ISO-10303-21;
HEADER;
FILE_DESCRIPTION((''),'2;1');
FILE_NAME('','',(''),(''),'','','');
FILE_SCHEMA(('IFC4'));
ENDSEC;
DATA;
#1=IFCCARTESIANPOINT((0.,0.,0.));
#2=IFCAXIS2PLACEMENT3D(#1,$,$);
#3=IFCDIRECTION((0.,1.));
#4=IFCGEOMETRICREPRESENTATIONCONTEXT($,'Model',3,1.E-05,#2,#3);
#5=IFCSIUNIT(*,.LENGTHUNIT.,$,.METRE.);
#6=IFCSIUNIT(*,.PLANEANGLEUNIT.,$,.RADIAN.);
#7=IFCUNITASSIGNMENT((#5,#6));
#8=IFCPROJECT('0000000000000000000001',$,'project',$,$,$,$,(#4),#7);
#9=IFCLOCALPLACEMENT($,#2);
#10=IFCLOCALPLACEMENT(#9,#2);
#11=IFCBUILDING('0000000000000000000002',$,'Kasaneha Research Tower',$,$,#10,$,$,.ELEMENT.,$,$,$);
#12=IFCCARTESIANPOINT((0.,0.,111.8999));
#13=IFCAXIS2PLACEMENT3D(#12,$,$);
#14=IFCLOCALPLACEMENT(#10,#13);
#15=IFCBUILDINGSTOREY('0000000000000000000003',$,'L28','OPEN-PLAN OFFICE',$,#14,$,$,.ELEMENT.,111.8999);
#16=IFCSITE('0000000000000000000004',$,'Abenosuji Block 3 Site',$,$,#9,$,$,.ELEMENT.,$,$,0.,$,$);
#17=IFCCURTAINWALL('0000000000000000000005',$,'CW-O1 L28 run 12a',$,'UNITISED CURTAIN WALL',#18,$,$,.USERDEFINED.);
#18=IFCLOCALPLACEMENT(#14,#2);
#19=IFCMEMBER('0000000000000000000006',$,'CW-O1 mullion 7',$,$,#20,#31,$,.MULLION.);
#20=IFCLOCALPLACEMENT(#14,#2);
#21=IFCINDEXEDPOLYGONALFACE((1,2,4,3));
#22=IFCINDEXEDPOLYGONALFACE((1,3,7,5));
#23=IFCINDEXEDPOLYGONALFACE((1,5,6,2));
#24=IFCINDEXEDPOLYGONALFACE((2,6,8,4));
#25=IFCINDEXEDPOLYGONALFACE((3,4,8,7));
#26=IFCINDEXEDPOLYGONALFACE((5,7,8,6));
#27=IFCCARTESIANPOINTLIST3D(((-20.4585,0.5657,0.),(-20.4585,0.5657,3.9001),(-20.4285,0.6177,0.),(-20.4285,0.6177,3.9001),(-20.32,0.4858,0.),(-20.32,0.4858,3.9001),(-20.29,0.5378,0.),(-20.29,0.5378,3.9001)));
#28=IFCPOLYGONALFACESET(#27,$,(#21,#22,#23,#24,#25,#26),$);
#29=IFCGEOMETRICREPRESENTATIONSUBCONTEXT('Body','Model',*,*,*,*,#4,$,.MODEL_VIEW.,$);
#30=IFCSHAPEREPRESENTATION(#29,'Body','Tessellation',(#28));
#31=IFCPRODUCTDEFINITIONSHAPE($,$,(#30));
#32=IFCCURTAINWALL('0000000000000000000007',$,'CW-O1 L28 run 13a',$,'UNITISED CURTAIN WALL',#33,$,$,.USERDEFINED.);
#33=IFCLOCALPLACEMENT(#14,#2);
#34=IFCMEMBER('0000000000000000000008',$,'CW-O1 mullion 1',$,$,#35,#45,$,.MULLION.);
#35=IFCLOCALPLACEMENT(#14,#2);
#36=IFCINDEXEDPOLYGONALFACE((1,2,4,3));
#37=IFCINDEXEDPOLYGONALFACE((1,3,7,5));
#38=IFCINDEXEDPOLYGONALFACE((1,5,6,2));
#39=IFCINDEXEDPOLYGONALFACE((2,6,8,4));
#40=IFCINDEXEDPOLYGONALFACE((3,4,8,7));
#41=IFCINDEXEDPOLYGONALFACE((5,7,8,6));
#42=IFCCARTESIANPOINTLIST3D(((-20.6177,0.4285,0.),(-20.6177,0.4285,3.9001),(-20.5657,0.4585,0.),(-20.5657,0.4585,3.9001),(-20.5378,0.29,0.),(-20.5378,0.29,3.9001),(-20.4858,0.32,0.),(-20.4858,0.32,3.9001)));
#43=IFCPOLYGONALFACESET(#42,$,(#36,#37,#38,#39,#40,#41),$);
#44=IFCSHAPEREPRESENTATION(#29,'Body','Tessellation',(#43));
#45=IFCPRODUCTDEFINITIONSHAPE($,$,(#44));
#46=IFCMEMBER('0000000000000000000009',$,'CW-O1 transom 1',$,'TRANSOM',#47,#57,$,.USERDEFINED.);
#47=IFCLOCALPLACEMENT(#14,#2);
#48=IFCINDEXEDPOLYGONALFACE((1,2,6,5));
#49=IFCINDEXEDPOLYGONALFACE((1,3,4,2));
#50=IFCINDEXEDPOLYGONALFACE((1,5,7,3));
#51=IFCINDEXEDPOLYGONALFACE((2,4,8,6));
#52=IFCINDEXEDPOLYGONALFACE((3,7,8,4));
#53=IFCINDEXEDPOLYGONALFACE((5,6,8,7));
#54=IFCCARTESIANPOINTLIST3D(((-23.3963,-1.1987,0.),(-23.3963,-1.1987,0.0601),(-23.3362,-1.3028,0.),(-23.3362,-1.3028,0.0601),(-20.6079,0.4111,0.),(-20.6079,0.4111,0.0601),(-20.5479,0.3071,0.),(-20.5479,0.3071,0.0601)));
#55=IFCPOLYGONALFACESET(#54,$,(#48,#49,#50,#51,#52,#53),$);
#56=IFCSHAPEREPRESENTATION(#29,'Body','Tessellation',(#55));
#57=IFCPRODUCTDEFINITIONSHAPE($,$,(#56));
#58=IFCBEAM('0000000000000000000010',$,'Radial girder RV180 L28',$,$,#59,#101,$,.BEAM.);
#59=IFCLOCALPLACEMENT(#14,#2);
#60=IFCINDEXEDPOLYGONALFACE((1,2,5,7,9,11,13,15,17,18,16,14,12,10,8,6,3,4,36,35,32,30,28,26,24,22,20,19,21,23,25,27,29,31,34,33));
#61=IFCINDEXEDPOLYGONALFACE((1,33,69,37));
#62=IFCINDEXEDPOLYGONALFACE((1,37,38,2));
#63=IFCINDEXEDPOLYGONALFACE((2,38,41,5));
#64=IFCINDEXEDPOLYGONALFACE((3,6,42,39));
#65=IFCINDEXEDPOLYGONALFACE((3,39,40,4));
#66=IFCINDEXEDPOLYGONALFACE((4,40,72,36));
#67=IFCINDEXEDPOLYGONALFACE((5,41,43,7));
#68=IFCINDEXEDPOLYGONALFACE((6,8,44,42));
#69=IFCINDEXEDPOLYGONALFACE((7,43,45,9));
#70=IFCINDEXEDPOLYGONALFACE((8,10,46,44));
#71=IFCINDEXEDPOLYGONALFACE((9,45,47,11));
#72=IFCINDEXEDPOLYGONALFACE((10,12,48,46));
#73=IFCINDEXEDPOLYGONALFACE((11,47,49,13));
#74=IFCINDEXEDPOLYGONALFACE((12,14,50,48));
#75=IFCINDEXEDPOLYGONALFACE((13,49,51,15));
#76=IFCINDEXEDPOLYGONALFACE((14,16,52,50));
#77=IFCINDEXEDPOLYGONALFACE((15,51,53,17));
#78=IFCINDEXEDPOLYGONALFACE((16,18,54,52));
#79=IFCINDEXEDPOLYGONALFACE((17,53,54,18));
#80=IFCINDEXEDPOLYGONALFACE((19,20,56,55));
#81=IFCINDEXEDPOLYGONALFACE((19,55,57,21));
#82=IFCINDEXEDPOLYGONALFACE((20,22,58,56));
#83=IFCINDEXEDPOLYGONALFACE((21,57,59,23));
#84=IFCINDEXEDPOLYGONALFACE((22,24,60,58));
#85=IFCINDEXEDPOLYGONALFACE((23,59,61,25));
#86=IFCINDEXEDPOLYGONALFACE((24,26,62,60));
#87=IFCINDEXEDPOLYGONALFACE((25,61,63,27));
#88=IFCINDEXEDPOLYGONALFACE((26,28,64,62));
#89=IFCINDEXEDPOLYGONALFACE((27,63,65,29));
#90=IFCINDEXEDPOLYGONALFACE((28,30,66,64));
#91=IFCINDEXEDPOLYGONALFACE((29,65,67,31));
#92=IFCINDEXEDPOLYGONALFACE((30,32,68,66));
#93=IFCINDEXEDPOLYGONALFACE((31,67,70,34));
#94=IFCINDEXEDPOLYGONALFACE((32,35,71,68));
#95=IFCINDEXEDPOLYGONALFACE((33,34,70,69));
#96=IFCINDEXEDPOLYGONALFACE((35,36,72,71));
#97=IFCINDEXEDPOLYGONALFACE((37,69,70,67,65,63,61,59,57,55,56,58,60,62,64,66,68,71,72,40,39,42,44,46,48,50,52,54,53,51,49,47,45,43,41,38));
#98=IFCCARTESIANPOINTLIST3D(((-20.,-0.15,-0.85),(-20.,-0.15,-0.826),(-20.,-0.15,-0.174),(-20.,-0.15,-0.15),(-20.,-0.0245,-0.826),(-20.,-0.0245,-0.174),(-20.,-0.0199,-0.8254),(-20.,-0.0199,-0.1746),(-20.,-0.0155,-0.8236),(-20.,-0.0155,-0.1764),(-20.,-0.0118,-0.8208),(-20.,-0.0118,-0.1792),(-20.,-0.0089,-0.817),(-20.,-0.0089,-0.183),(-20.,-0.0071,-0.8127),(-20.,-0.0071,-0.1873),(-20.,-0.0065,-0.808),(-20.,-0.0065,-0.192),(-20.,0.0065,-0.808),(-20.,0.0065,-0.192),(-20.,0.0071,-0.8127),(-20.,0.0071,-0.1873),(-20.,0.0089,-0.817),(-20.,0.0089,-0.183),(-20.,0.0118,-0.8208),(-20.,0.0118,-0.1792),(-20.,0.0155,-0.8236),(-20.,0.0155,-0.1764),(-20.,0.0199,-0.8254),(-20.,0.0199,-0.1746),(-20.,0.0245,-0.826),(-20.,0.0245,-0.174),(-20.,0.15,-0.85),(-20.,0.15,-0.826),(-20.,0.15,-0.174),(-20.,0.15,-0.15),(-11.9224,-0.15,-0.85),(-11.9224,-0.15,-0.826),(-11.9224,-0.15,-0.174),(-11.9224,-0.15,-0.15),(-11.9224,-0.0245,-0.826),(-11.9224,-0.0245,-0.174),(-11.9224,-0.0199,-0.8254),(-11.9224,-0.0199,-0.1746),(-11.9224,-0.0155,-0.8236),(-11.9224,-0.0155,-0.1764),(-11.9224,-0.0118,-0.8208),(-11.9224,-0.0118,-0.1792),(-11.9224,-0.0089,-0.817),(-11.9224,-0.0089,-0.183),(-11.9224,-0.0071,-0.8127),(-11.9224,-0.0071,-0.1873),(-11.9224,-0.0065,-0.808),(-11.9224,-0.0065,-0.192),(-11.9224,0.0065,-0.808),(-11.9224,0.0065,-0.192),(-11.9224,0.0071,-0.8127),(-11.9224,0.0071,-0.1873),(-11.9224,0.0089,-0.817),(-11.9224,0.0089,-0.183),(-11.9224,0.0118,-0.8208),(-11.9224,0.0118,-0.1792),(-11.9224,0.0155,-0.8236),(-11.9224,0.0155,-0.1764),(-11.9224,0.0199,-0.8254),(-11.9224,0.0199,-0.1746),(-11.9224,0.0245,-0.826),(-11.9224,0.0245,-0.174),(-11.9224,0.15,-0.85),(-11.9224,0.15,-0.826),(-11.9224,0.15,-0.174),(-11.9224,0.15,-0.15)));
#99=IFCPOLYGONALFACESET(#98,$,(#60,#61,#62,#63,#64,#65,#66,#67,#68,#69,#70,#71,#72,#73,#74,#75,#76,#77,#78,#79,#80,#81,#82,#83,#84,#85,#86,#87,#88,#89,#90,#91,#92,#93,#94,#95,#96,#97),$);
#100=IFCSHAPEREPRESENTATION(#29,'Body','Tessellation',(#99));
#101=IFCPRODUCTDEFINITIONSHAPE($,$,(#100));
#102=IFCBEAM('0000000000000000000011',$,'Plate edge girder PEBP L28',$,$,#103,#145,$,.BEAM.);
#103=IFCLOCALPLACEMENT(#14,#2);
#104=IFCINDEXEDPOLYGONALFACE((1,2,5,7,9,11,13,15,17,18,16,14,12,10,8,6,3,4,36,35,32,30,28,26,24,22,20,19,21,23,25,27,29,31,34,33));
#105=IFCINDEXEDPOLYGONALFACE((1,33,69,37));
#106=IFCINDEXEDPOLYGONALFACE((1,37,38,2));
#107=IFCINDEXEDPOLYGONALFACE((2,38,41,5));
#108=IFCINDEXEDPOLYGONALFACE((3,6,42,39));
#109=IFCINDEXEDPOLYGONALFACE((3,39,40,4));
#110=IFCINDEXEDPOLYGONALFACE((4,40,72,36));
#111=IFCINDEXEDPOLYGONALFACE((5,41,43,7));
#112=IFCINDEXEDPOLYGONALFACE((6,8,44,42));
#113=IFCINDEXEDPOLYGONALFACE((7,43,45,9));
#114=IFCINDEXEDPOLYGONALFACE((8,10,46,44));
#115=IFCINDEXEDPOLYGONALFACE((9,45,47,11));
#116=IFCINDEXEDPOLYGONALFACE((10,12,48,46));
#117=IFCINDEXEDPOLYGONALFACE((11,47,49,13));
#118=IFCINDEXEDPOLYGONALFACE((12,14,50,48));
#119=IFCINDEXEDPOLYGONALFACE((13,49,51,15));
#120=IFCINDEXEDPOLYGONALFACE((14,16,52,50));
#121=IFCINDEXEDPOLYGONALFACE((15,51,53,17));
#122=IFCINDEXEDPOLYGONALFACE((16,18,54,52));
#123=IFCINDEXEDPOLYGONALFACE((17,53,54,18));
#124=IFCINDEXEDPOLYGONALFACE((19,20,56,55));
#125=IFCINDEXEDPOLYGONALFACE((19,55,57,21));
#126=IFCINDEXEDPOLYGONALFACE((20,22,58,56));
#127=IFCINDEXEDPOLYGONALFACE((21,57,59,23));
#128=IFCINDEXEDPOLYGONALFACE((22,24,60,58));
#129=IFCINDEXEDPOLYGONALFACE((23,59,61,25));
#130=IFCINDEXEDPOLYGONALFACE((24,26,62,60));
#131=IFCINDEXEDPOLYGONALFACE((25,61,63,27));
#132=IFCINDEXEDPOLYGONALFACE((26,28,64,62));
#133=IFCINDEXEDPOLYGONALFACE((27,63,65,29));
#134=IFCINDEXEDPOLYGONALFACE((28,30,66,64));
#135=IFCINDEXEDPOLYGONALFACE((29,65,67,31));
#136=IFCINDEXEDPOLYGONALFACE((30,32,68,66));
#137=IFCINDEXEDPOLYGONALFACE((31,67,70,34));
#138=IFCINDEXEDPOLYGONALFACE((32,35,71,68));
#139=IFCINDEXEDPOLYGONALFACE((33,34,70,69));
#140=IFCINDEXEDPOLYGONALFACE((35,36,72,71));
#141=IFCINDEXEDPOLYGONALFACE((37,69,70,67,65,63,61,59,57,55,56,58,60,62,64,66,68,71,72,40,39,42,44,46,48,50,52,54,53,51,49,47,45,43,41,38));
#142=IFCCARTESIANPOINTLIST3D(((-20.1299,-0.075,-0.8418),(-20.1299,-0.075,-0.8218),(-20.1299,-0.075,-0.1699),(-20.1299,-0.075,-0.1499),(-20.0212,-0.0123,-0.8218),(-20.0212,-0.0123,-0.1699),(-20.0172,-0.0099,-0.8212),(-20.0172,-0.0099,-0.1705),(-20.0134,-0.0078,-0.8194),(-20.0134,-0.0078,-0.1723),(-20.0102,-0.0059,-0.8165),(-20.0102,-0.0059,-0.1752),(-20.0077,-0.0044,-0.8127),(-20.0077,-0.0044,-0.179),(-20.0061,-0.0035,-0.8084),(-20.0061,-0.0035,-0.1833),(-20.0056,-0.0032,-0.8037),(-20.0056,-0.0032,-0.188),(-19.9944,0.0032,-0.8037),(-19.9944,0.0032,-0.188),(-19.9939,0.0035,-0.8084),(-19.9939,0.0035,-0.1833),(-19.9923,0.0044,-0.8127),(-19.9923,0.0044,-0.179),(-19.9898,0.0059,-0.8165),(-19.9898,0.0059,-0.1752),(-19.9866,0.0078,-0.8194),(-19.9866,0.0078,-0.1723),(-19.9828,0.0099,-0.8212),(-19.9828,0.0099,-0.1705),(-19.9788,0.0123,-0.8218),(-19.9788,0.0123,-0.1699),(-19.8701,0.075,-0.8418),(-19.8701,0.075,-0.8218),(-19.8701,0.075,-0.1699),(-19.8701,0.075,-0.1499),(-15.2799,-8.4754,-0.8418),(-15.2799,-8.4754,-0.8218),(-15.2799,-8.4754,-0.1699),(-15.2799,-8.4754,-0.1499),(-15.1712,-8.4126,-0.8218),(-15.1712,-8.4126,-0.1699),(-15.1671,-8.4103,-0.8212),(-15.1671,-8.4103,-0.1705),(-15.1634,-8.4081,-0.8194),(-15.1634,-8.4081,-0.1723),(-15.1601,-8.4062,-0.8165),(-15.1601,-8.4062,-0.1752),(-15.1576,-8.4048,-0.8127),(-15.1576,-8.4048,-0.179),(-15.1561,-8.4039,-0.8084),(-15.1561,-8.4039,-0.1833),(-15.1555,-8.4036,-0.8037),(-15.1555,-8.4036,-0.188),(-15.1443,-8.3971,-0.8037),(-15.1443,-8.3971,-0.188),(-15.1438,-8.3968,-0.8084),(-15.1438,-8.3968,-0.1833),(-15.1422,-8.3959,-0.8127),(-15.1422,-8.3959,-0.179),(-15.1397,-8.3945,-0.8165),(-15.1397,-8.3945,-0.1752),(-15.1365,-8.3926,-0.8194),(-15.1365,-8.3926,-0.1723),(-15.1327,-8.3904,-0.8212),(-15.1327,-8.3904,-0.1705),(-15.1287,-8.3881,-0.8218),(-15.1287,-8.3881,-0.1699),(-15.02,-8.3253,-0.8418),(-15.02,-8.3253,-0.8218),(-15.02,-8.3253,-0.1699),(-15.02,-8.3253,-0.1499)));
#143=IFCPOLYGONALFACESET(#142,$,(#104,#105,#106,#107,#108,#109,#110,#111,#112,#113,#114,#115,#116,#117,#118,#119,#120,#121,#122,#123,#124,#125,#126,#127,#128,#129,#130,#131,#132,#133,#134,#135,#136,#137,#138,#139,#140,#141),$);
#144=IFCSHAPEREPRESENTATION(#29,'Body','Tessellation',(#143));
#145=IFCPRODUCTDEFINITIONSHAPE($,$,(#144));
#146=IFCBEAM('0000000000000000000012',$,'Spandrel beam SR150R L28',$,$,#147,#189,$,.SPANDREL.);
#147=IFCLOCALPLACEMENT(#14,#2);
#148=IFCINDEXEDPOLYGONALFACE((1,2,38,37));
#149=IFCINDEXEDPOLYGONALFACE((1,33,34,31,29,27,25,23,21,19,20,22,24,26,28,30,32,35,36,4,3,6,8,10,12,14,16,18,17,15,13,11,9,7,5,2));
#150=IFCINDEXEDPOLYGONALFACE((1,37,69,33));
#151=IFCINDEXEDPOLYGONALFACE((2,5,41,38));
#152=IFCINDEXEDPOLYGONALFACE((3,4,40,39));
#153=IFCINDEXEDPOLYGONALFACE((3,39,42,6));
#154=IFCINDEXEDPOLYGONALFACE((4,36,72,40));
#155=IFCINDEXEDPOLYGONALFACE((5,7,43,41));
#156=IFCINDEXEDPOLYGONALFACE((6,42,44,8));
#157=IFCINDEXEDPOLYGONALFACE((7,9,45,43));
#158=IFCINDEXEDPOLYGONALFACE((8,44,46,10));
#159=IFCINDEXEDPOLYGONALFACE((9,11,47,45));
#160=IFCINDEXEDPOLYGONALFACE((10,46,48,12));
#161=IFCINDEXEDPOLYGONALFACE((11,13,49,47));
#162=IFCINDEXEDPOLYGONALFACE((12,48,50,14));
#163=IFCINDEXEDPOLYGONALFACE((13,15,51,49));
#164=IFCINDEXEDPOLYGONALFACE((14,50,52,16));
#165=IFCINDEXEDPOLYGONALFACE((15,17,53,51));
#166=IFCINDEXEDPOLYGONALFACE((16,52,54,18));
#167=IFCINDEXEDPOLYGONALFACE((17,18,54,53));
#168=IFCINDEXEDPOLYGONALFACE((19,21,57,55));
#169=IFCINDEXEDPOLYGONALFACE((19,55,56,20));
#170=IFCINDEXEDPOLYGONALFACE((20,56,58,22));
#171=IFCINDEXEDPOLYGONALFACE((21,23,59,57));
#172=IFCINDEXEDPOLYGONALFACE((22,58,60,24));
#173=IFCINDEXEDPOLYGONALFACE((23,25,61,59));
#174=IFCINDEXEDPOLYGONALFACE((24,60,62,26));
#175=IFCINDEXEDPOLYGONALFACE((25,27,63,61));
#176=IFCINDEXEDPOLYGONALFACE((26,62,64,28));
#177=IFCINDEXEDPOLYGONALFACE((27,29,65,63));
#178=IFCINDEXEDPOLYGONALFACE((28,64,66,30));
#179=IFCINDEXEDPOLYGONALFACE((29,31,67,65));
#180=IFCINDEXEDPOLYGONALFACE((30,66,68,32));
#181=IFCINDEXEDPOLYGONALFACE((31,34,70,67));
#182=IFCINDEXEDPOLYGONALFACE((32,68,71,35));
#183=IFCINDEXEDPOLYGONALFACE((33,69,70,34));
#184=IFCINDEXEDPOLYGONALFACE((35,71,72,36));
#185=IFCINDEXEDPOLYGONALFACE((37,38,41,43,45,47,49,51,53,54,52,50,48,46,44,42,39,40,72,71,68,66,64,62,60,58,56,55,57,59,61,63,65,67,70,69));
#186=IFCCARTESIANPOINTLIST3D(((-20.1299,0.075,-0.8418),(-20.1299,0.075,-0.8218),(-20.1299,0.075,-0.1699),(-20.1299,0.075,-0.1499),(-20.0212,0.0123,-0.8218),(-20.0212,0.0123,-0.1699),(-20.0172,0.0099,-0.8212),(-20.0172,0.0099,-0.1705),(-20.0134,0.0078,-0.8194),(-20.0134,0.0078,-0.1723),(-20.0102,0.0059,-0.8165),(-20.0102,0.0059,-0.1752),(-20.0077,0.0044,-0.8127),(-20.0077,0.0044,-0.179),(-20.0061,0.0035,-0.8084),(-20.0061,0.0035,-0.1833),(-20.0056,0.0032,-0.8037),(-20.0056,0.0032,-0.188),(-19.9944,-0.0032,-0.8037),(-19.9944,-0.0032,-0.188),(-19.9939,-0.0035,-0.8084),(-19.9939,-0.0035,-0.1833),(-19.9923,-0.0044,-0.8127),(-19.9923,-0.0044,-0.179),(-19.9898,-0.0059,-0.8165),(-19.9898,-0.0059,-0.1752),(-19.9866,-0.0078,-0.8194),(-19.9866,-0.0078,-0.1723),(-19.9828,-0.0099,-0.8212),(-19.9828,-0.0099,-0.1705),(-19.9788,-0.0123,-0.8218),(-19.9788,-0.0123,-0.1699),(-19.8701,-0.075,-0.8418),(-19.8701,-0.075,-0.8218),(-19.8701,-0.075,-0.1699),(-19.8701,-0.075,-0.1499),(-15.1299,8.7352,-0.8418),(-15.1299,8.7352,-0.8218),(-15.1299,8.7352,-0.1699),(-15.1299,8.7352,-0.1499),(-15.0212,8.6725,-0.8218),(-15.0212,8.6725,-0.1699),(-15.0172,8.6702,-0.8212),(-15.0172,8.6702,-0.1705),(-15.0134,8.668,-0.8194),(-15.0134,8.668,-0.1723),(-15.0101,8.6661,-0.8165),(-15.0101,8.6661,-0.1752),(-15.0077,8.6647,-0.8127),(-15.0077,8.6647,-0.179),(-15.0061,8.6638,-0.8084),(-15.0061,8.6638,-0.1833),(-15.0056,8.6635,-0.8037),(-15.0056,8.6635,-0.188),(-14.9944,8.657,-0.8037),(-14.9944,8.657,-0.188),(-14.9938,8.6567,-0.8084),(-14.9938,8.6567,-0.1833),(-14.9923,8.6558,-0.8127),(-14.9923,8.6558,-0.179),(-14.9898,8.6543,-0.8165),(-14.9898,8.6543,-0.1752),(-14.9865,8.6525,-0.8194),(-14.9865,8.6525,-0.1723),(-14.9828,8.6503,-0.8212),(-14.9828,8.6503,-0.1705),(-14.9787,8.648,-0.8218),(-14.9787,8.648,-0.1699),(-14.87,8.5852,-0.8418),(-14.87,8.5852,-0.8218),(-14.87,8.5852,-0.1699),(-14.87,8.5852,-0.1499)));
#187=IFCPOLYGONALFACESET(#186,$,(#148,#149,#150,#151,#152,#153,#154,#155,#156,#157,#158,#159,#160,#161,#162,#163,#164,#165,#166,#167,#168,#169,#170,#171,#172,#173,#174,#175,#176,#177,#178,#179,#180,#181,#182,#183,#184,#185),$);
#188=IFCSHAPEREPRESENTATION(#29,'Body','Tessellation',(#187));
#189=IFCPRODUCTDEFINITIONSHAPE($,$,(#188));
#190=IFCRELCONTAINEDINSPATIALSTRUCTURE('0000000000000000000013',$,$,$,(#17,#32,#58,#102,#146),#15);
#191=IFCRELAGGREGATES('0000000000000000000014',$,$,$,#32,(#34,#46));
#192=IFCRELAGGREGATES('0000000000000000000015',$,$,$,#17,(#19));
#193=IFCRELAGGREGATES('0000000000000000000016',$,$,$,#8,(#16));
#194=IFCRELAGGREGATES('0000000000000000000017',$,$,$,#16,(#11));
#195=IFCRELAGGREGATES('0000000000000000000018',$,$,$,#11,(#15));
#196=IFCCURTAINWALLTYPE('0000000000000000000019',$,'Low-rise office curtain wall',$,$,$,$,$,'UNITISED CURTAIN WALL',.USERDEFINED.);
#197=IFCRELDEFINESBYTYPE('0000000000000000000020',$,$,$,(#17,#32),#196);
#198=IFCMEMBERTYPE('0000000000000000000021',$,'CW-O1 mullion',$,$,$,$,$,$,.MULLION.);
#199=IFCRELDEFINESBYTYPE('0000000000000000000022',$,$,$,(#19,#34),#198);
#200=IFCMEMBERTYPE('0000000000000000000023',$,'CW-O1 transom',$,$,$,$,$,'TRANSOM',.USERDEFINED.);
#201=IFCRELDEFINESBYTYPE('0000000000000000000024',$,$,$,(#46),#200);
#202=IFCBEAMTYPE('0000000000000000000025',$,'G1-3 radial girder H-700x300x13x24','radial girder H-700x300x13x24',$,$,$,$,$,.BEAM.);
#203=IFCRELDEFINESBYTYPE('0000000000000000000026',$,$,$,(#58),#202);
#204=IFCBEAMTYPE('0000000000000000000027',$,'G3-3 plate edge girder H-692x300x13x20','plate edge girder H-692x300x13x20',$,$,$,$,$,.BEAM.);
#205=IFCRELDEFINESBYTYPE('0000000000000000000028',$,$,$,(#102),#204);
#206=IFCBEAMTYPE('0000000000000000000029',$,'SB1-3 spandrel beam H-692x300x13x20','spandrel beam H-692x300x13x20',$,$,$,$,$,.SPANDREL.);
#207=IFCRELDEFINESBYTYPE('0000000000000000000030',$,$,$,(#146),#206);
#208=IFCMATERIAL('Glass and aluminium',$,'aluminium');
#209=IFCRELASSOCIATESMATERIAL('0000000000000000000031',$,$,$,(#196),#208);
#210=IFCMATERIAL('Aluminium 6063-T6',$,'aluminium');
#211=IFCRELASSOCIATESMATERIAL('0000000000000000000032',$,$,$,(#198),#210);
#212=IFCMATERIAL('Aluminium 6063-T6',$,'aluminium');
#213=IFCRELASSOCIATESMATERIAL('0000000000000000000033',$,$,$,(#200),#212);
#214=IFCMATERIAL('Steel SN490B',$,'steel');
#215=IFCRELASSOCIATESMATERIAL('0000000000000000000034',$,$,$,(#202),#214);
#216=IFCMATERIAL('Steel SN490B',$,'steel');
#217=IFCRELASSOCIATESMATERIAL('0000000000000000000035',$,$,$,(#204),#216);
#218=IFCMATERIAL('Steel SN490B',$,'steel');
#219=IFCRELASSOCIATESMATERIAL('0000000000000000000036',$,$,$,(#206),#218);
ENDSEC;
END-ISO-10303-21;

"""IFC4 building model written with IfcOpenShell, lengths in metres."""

from ifc_helpers import new_model, si_unit, direction, frame, origin, origin_2d, place, context, subcontext, project, spatial, rectangle, i_section, extrude, material, material_profile, profile_set, type_object, element, aggregate, save


model = new_model("IFC4")

# Units and contexts
model_context = context("Model", 3, precision=1e-05, world=origin(), true_north=direction((0.0, 1.0)))
body_context = subcontext(model_context, "Body", "Model", "MODEL_VIEW")
ifc_project = project(units=[si_unit("LENGTHUNIT", "METRE"), si_unit("PLANEANGLEUNIT", "RADIAN")], contexts=[model_context])

# Site, building, storey
site_placement = place(None, origin())
site = spatial("IfcSite", under=ifc_project, at=site_placement, Name="Abenosuji Block 3 Site", CompositionType="ELEMENT", RefElevation=0.0)
building_placement = place(site_placement, origin())
building = spatial("IfcBuilding", under=site, at=building_placement, Name="Kasaneha Research Tower", CompositionType="ELEMENT")
storey_placement = place(building_placement, frame((0.0, 0.0, 111.8999)))
storey = spatial("IfcBuildingStorey", under=building, at=storey_placement, Name="L28", Description="OPEN-PLAN OFFICE", CompositionType="ELEMENT", Elevation=111.8999)

# Curtain wall, member
ifc_material_1 = material(Name="Glass and aluminium", Category="aluminium")
curtain_wall_type = type_object("IfcCurtainWallType", Name="Low-rise office curtain wall", ElementType="UNITISED CURTAIN WALL", PredefinedType="USERDEFINED", material=ifc_material_1)
curtain_wall_1_placement = place(storey_placement, origin())
curtain_wall_1 = element("IfcCurtainWall", 1, at=curtain_wall_1_placement, inside=storey, type_object=curtain_wall_type, Name="CW-O1 L28 run 12a", ObjectType="UNITISED CURTAIN WALL", PredefinedType="USERDEFINED")
ifc_material_2 = material(Name="Aluminium 6063-T6", Category="aluminium")
ifc_material_profile_1 = material_profile(ifc_material_2, rectangle(XDim=0.0601, YDim=0.1599, at=origin_2d()), Name="CW-O1 mullion 60x160")
ifc_profile_set_1 = profile_set([ifc_material_profile_1], Name="Aluminium 6063-T6")
member_type_1 = type_object("IfcMemberType", Name="CW-O1 mullion", PredefinedType="MULLION", material=ifc_profile_set_1)
member_1_placement = place(storey_placement, frame((-20.3743, 0.5518, 0.0), z_axis=(0.0, 0.0, 1.0), x_axis=(-0.5, -0.866025, 0.0)))
member_1 = element("IfcMember", 2, at=member_1_placement, type_object=member_type_1, Name="CW-O1 mullion 7", PredefinedType="MULLION", context=body_context, shape_type="SweptSolid", body=[
    extrude(rectangle(XDim=0.0601, YDim=0.1599, at=origin_2d()), origin(), (0.0, 0.0, 1.0), 3.9001),
])

# Curtain wall, members
curtain_wall_2_placement = place(storey_placement, origin())
curtain_wall_2 = element("IfcCurtainWall", 3, at=curtain_wall_2_placement, inside=storey, type_object=curtain_wall_type, Name="CW-O1 L28 run 13a", ObjectType="UNITISED CURTAIN WALL", PredefinedType="USERDEFINED")
member_2_placement = place(storey_placement, frame((-20.5518, 0.3743, 0.0), z_axis=(0.0, 0.0, 1.0), x_axis=(-0.866025, -0.5, 0.0)))
member_2 = element("IfcMember", 4, at=member_2_placement, type_object=member_type_1, Name="CW-O1 mullion 1", PredefinedType="MULLION", context=body_context, shape_type="SweptSolid", body=[
    extrude(rectangle(XDim=0.0601, YDim=0.1599, at=origin_2d()), origin(), (0.0, 0.0, 1.0), 3.9001),
])
ifc_material_3 = material(Name="Aluminium 6063-T6", Category="aluminium")
ifc_material_profile_2 = material_profile(ifc_material_3, rectangle(XDim=0.1201, YDim=0.0601, at=origin_2d()), Name="CW-O1 transom 120x60")
ifc_profile_set_2 = profile_set([ifc_material_profile_2], Name="Aluminium 6063-T6")
member_type_2 = type_object("IfcMemberType", Name="CW-O1 transom", ElementType="TRANSOM", PredefinedType="USERDEFINED", material=ifc_profile_set_2)
member_3_placement = place(storey_placement, frame((-20.5779, 0.3591, 0.03), z_axis=(-0.866023, -0.500005, 0.0), x_axis=(0.500005, -0.866023, 0.0)))
member_3 = element("IfcMember", 5, at=member_3_placement, type_object=member_type_2, Name="CW-O1 transom 1", ObjectType="TRANSOM", PredefinedType="USERDEFINED", context=body_context, shape_type="SweptSolid", body=[
    extrude(rectangle(XDim=0.1201, YDim=0.0601, at=origin_2d()), origin(), (0.0, 0.0, 1.0), 3.2197),
])
aggregate(curtain_wall_2, [member_2, member_3])

# Beams
ifc_material_4 = material(Name="Steel SN490B", Category="steel")
ifc_material_profile_3 = material_profile(ifc_material_4, i_section(OverallWidth=0.3, OverallDepth=0.7, WebThickness=0.0129, FlangeThickness=0.0239, FilletRadius=0.0181, at=origin_2d()), Name="H-700x300x13x24")
ifc_profile_set_3 = profile_set([ifc_material_profile_3], Name="Steel SN490B")
beam_type_1 = type_object("IfcBeamType", Name="G1-3 radial girder H-700x300x13x24", Description="radial girder H-700x300x13x24", PredefinedType="BEAM", material=ifc_profile_set_3)
beam_1_placement = place(storey_placement, frame((-11.9224, 0.0, -0.5), z_axis=(-1.0, 0.0, 0.0), x_axis=(0.0, -1.0, 0.0)))
element("IfcBeam", 6, at=beam_1_placement, inside=storey, type_object=beam_type_1, Name="Radial girder RV180 L28", PredefinedType="BEAM", context=body_context, shape_type="SweptSolid", body=[
    extrude(i_section(OverallWidth=0.3, OverallDepth=0.7, WebThickness=0.0129, FlangeThickness=0.0239, FilletRadius=0.0181, at=origin_2d()), origin(), (0.0, 0.0, 1.0), 8.0776),
])
ifc_material_5 = material(Name="Steel SN490B", Category="steel")
ifc_material_profile_4 = material_profile(ifc_material_5, i_section(OverallWidth=0.3, OverallDepth=0.6919, WebThickness=0.0129, FlangeThickness=0.02, FilletRadius=0.0181, at=origin_2d()), Name="H-692x300x13x20")
ifc_profile_set_4 = profile_set([ifc_material_profile_4], Name="Steel SN490B")
beam_type_2 = type_object("IfcBeamType", Name="G3-3 plate edge girder H-692x300x13x20", Description="plate edge girder H-692x300x13x20", PredefinedType="BEAM", material=ifc_profile_set_4)
beam_2_placement = place(storey_placement, frame((-20.0, 0.0, -0.4958), z_axis=(0.50001, -0.86602, 0.0), x_axis=(0.86602, 0.50001, 0.0)))
element("IfcBeam", 7, at=beam_2_placement, inside=storey, type_object=beam_type_2, Name="Plate edge girder PEBP L28", PredefinedType="BEAM", context=body_context, shape_type="SweptSolid", body=[
    extrude(i_section(OverallWidth=0.3, OverallDepth=0.6919, WebThickness=0.0129, FlangeThickness=0.02, FilletRadius=0.0181, at=origin_2d()), origin(), (0.0, 0.0, 1.0), 9.7),
])
ifc_material_6 = material(Name="Steel SN490B", Category="steel")
ifc_material_profile_5 = material_profile(ifc_material_6, i_section(OverallWidth=0.3, OverallDepth=0.6919, WebThickness=0.0129, FlangeThickness=0.02, FilletRadius=0.0181, at=origin_2d()), Name="H-692x300x13x20")
ifc_profile_set_5 = profile_set([ifc_material_profile_5], Name="Steel SN490B")
beam_type_3 = type_object("IfcBeamType", Name="SB1-3 spandrel beam H-692x300x13x20", Description="spandrel beam H-692x300x13x20", PredefinedType="SPANDREL", material=ifc_profile_set_5)
beam_3_placement = place(storey_placement, frame((-20.0, 0.0, -0.4958), z_axis=(0.500004, 0.866023, 0.0), x_axis=(-0.866023, 0.500004, 0.0)))
element("IfcBeam", 8, at=beam_3_placement, inside=storey, type_object=beam_type_3, Name="Spandrel beam SR150R L28", PredefinedType="SPANDREL", context=body_context, shape_type="SweptSolid", body=[
    extrude(i_section(OverallWidth=0.3, OverallDepth=0.6919, WebThickness=0.0129, FlangeThickness=0.02, FilletRadius=0.0181, at=origin_2d()), origin(), (0.0, 0.0, 1.0), 10.0),
])

aggregate(curtain_wall_1, [member_1])

save(model, "model.ifc")
